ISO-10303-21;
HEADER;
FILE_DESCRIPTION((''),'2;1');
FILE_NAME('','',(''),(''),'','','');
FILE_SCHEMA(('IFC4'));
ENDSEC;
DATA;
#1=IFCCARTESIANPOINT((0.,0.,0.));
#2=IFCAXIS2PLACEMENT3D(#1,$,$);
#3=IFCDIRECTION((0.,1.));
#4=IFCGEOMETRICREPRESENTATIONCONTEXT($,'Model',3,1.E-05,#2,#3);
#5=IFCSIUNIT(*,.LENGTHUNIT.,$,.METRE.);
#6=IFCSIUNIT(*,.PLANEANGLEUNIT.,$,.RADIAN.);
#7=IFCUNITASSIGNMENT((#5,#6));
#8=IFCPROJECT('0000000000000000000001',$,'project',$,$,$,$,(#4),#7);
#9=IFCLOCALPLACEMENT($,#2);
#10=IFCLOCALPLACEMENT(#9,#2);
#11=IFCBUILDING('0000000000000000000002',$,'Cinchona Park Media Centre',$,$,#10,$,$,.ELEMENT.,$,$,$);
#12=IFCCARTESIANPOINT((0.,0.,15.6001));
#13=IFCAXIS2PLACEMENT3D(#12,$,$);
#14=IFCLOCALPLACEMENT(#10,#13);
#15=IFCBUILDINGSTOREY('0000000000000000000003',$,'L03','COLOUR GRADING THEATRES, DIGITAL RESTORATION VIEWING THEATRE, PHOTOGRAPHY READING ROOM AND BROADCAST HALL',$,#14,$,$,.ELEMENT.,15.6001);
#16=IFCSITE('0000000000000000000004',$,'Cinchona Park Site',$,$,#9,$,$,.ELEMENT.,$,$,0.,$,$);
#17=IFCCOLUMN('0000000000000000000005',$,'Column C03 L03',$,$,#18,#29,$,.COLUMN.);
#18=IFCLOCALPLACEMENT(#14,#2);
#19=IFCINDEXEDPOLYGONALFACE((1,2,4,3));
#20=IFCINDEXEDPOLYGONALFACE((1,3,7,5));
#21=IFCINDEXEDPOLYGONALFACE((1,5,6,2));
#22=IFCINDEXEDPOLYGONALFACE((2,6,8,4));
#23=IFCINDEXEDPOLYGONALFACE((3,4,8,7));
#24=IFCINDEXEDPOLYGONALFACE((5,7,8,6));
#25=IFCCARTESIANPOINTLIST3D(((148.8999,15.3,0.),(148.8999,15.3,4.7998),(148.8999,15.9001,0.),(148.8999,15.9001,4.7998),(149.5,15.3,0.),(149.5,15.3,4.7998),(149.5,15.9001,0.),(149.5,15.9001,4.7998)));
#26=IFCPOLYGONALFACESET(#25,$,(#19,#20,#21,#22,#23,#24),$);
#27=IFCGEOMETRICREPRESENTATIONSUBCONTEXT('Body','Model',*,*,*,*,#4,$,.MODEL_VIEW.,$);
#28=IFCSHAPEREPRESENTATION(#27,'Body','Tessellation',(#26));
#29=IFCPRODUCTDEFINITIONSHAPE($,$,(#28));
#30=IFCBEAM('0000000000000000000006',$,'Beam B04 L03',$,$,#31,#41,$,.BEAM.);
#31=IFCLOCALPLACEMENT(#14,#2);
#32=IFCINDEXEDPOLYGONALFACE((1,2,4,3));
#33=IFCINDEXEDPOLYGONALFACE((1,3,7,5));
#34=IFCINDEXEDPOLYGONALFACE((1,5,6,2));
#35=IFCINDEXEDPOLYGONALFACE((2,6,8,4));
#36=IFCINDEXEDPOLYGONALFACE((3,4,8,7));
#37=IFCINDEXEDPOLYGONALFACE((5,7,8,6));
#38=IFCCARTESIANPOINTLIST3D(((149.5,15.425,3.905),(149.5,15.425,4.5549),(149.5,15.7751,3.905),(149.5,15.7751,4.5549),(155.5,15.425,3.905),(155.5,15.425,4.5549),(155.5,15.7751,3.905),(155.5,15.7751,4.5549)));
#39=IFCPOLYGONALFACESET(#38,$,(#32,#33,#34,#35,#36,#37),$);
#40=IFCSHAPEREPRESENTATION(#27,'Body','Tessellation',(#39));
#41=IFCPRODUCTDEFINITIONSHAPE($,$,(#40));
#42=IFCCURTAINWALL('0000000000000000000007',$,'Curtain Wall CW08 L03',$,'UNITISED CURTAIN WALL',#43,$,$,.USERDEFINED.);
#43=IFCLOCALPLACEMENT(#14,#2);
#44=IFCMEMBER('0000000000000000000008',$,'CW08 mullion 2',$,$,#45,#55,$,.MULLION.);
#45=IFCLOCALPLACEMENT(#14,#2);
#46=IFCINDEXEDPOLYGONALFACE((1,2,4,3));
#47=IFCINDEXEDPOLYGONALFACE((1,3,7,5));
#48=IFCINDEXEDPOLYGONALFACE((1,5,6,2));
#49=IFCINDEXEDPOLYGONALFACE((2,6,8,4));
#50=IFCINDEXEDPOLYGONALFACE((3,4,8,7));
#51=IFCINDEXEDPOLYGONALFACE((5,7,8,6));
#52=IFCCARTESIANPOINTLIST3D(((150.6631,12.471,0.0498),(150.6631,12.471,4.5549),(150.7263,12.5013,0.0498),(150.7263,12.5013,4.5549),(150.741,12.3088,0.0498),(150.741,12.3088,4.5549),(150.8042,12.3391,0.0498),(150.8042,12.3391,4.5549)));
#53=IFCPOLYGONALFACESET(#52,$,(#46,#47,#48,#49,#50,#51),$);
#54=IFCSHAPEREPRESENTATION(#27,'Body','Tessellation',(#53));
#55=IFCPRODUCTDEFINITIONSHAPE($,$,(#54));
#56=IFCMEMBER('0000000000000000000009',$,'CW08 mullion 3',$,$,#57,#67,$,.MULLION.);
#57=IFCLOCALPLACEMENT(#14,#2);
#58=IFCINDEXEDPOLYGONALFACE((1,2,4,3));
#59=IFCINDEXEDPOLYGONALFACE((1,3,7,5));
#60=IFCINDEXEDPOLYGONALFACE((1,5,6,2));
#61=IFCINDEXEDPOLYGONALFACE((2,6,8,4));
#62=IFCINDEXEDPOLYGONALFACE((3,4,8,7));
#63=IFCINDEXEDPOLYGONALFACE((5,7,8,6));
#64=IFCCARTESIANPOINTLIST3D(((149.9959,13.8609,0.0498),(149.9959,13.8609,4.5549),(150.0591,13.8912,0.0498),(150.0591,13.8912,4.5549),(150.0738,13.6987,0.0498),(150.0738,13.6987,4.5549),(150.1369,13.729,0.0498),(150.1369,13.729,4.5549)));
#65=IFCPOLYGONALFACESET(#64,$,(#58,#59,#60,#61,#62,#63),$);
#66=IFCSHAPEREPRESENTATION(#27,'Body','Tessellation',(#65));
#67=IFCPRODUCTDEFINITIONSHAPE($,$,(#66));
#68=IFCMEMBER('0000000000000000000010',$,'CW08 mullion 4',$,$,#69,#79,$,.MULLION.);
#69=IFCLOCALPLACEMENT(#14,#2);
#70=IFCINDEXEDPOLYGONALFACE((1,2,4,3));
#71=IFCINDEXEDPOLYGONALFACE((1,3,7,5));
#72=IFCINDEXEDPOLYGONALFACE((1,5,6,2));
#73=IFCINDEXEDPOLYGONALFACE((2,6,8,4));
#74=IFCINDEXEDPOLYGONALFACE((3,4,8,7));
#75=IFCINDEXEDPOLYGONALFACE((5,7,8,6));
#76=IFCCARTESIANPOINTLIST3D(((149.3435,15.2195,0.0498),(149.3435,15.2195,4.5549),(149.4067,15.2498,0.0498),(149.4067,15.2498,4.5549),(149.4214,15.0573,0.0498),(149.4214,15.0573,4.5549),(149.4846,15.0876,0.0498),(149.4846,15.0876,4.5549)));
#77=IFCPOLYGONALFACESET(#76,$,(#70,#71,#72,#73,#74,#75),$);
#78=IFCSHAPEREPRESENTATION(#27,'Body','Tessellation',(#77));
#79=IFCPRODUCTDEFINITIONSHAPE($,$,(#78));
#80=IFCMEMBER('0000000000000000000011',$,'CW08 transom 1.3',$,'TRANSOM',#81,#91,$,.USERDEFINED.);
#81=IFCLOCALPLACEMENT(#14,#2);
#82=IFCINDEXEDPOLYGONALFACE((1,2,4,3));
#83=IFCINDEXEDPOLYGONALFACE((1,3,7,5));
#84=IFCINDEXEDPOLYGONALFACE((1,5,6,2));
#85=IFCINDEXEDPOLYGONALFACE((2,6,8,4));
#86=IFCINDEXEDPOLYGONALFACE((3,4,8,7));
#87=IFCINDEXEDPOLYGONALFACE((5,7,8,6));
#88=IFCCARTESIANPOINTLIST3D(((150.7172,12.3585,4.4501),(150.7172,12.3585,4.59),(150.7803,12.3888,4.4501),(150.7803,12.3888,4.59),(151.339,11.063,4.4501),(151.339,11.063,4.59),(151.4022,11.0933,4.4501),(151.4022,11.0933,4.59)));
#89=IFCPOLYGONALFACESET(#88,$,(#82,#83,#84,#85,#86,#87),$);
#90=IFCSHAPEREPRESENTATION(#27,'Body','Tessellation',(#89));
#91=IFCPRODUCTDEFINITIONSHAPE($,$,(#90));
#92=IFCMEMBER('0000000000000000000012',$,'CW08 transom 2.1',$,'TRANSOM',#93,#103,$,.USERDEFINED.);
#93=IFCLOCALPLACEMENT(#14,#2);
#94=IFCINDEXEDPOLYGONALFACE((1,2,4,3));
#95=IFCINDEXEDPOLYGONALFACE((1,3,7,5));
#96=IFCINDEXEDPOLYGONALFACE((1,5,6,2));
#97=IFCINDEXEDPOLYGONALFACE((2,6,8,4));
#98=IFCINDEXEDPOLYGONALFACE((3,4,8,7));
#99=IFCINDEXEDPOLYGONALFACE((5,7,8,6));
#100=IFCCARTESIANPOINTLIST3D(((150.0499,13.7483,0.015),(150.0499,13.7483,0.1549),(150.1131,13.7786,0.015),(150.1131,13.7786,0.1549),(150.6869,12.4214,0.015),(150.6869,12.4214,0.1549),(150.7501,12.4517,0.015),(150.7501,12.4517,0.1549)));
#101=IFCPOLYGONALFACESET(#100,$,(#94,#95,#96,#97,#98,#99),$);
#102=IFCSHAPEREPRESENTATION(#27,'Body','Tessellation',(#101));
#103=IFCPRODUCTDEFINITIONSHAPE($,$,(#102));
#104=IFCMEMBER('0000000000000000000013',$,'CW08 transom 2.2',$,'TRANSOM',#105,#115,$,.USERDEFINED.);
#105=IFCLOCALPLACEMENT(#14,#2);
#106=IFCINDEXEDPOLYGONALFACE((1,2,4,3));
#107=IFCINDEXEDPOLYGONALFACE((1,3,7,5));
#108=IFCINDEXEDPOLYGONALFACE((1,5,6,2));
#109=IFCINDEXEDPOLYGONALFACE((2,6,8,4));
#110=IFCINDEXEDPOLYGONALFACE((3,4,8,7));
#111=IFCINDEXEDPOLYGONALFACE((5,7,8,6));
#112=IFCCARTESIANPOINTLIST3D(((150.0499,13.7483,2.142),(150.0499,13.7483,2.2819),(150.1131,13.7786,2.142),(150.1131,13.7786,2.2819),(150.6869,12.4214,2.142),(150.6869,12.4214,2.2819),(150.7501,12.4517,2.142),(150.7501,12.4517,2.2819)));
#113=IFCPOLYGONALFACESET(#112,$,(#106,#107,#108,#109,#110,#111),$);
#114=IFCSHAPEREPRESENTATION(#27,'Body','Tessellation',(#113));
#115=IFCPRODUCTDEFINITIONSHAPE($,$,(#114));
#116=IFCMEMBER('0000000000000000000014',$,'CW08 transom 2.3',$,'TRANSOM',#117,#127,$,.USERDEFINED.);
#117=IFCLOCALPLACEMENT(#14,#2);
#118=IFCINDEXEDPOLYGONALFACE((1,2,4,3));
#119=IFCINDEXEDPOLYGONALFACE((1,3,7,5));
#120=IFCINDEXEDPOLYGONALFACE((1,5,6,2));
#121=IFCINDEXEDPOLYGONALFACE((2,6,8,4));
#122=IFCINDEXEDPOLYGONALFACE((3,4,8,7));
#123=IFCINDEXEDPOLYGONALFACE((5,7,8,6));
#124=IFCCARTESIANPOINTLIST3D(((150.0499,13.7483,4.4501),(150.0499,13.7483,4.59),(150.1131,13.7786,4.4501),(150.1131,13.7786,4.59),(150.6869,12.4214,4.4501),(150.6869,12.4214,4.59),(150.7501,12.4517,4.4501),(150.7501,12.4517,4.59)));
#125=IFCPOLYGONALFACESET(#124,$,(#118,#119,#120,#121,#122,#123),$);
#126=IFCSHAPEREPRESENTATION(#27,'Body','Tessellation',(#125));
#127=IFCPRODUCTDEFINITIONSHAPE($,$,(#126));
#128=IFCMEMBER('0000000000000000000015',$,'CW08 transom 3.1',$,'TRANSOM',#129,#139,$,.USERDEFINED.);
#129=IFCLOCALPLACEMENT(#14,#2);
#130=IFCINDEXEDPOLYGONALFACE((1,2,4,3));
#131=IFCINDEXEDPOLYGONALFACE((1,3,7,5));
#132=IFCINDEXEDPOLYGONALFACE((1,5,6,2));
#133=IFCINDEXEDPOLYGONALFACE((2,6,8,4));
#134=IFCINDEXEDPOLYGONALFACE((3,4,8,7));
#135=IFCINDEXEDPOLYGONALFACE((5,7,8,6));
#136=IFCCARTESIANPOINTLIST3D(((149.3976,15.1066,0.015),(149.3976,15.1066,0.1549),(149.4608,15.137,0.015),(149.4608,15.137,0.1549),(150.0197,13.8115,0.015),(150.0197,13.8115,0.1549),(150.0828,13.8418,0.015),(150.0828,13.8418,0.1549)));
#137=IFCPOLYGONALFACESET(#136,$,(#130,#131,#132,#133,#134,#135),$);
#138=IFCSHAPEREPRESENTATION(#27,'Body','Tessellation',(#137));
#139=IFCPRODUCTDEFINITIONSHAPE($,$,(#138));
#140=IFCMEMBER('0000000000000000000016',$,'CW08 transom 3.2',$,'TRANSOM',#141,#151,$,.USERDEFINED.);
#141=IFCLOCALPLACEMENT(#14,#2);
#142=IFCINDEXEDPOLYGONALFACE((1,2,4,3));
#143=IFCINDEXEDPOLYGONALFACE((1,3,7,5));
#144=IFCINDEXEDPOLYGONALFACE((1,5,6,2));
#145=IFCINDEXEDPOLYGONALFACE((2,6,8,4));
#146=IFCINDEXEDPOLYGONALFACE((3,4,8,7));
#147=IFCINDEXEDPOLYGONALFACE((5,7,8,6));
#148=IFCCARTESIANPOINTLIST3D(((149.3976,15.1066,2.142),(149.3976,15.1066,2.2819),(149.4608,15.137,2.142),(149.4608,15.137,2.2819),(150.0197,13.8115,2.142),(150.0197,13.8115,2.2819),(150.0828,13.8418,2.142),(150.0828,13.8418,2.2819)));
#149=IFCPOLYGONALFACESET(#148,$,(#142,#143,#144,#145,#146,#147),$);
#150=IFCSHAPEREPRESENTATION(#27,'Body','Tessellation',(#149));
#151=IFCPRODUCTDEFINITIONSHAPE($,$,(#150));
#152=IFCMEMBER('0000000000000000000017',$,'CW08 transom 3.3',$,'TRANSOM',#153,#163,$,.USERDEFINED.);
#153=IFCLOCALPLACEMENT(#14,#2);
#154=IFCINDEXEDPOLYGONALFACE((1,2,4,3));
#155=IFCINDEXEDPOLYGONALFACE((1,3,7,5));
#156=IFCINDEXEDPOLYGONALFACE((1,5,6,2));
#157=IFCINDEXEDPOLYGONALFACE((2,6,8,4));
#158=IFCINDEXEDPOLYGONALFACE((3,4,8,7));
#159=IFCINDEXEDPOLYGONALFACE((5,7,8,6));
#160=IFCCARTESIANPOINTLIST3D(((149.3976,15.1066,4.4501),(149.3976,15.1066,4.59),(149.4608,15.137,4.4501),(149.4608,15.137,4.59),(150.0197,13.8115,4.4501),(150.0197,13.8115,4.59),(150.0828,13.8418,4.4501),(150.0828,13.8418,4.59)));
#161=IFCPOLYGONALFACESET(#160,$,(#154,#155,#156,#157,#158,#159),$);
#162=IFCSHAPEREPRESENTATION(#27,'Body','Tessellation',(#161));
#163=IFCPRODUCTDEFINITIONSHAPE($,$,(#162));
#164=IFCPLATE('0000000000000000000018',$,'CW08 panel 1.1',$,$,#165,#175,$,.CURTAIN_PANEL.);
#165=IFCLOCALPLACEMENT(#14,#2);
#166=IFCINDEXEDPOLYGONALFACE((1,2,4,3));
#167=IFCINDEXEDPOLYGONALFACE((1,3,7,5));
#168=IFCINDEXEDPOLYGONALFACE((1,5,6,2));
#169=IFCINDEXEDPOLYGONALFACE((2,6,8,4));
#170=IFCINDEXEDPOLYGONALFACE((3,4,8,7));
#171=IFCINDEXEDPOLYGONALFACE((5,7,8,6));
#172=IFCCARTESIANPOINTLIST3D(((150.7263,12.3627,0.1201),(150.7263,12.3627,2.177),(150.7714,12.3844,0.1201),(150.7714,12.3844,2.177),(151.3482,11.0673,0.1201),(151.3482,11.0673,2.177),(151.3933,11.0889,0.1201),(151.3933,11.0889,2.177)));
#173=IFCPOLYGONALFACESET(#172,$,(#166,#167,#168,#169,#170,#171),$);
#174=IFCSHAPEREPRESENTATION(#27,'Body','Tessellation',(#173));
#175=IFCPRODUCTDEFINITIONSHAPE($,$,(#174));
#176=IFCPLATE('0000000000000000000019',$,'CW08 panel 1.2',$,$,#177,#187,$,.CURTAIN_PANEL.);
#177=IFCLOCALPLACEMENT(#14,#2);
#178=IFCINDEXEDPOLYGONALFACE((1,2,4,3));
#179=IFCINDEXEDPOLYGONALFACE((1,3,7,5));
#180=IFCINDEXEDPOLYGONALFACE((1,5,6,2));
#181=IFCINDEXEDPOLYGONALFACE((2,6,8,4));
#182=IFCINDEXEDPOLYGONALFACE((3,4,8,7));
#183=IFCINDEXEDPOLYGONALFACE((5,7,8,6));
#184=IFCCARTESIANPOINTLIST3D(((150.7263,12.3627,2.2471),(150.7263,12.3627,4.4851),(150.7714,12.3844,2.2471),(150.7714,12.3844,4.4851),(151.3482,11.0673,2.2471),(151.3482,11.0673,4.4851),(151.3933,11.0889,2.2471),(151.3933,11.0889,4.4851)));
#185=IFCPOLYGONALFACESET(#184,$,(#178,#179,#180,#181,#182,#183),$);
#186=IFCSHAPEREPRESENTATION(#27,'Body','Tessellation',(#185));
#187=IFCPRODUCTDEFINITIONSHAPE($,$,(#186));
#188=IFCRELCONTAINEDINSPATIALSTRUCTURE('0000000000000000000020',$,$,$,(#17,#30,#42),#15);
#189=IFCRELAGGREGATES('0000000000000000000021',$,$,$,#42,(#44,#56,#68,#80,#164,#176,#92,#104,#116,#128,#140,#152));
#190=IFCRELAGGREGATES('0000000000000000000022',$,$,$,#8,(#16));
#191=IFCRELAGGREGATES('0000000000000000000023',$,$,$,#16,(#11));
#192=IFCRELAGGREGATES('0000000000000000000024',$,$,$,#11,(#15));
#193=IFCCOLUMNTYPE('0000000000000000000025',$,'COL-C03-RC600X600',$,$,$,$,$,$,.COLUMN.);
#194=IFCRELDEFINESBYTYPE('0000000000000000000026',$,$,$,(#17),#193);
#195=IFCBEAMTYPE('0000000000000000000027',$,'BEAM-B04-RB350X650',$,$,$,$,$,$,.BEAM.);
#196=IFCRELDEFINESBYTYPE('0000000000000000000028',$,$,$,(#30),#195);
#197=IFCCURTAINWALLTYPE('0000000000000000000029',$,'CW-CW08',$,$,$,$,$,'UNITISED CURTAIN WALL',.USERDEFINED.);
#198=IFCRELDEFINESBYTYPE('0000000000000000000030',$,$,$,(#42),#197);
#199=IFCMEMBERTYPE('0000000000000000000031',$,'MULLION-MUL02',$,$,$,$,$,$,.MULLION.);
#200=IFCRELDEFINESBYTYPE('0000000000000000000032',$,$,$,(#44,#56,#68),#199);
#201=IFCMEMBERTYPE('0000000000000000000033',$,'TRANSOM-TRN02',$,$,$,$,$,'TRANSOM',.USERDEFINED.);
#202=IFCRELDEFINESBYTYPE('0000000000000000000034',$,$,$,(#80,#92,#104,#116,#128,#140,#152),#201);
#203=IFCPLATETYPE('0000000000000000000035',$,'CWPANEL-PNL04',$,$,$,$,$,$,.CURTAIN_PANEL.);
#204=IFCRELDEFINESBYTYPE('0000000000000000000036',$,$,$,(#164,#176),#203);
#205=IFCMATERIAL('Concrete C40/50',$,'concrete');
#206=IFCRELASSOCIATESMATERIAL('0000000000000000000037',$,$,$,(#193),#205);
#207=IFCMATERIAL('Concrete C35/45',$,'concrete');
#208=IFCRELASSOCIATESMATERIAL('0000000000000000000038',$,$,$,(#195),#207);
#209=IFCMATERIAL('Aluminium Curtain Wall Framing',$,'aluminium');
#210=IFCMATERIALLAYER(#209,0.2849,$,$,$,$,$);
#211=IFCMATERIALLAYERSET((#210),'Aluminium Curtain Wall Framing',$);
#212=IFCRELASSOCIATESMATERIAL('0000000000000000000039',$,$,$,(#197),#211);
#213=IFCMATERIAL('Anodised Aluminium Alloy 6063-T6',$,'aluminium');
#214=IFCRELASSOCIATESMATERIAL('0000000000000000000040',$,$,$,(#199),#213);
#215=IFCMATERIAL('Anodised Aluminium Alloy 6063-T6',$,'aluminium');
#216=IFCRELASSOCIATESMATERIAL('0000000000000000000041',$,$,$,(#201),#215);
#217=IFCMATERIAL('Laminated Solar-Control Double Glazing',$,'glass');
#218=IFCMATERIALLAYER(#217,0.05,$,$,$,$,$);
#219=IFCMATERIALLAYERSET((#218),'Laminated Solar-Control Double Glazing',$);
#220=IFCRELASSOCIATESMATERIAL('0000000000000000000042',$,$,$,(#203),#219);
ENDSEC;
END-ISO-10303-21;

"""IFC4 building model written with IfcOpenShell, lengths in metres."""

from ifc_helpers import new_model, si_unit, direction, frame, origin, origin_2d, place, context, subcontext, project, spatial, rectangle, extrude, material, layer, layer_set, material_profile, profile_set, type_object, element, aggregate, save


model = new_model("IFC4")

# Units and contexts
model_context = context("Model", 3, precision=1e-05, world=origin(), true_north=direction((0.0, 1.0)))
body_context = subcontext(model_context, "Body", "Model", "MODEL_VIEW")
ifc_project = project(units=[si_unit("LENGTHUNIT", "METRE"), si_unit("PLANEANGLEUNIT", "RADIAN")], contexts=[model_context])

# Site, building, storey
site_placement = place(None, origin())
site = spatial("IfcSite", under=ifc_project, at=site_placement, Name="Cinchona Park Site", CompositionType="ELEMENT", RefElevation=0.0)
building_placement = place(site_placement, origin())
building = spatial("IfcBuilding", under=site, at=building_placement, Name="Cinchona Park Media Centre", CompositionType="ELEMENT")
storey_placement = place(building_placement, frame((0.0, 0.0, 15.6001)))
storey = spatial("IfcBuildingStorey", under=building, at=storey_placement, Name="L03", Description="COLOUR GRADING THEATRES, DIGITAL RESTORATION VIEWING THEATRE, PHOTOGRAPHY READING ROOM AND BROADCAST HALL", CompositionType="ELEMENT", Elevation=15.6001)

# Column
ifc_material_1 = material(Name="Concrete C40/50", Category="concrete")
ifc_material_profile_1 = material_profile(ifc_material_1, rectangle(XDim=0.6001, YDim=0.6001, at=origin_2d()), Name="RC 600X600")
ifc_profile_set_1 = profile_set([ifc_material_profile_1], Name="Concrete C40/50")
column_type = type_object("IfcColumnType", Name="COL-C03-RC600X600", PredefinedType="COLUMN", material=ifc_profile_set_1)
column_placement = place(storey_placement, frame((149.2, 15.6001, 0.0), z_axis=(0.0, 0.0, 1.0), x_axis=(1.0, 0.0, 0.0)))
element("IfcColumn", 1, at=column_placement, inside=storey, type_object=column_type, Name="Column C03 L03", PredefinedType="COLUMN", context=body_context, shape_type="SweptSolid", body=[
    extrude(rectangle(XDim=0.6001, YDim=0.6001, at=origin_2d()), origin(), (0.0, 0.0, 1.0), 4.7998),
])

# Beam
ifc_material_2 = material(Name="Concrete C35/45", Category="concrete")
ifc_material_profile_2 = material_profile(ifc_material_2, rectangle(XDim=0.3501, YDim=0.6499, at=origin_2d()), Name="RB 350X650")
ifc_profile_set_2 = profile_set([ifc_material_profile_2], Name="Concrete C35/45")
beam_type = type_object("IfcBeamType", Name="BEAM-B04-RB350X650", PredefinedType="BEAM", material=ifc_profile_set_2)
beam_placement = place(storey_placement, frame((149.5, 15.6001, 4.23), z_axis=(1.0, 0.0, 0.0), x_axis=(0.0, 1.0, 0.0)))
element("IfcBeam", 2, at=beam_placement, inside=storey, type_object=beam_type, Name="Beam B04 L03", PredefinedType="BEAM", context=body_context, shape_type="SweptSolid", body=[
    extrude(rectangle(XDim=0.3501, YDim=0.6499, at=origin_2d()), origin(), (0.0, 0.0, 1.0), 6.0),
])

# Curtain wall, members, plates
ifc_material_3 = material(Name="Aluminium Curtain Wall Framing", Category="aluminium")
ifc_layer_1 = layer(ifc_material_3, 0.2849)
ifc_layer_set_1 = layer_set([ifc_layer_1], Name="Aluminium Curtain Wall Framing")
curtain_wall_type = type_object("IfcCurtainWallType", Name="CW-CW08", ElementType="UNITISED CURTAIN WALL", PredefinedType="USERDEFINED", material=ifc_layer_set_1)
curtain_wall_placement = place(storey_placement, origin())
curtain_wall = element("IfcCurtainWall", 3, at=curtain_wall_placement, inside=storey, type_object=curtain_wall_type, Name="Curtain Wall CW08 L03", ObjectType="UNITISED CURTAIN WALL", PredefinedType="USERDEFINED")
ifc_material_4 = material(Name="Anodised Aluminium Alloy 6063-T6", Category="aluminium")
ifc_material_profile_3 = material_profile(ifc_material_4, rectangle(XDim=0.0701, YDim=0.1799, at=origin_2d()), Name="MUL-70X180")
ifc_profile_set_3 = profile_set([ifc_material_profile_3], Name="Anodised Aluminium Alloy 6063-T6")
member_type_1 = type_object("IfcMemberType", Name="MULLION-MUL02", PredefinedType="MULLION", material=ifc_profile_set_3)
member_1_placement = place(storey_placement, frame((150.7336, 12.405, 0.0498), z_axis=(0.0, 0.0, 1.0), x_axis=(-0.901489, -0.432801, 0.0)))
member_1 = element("IfcMember", 4, at=member_1_placement, type_object=member_type_1, Name="CW08 mullion 2", PredefinedType="MULLION", context=body_context, shape_type="SweptSolid", body=[
    extrude(rectangle(XDim=0.0701, YDim=0.1799, at=origin_2d()), origin(), (0.0, 0.0, 1.0), 4.5051),
])
member_2_placement = place(storey_placement, frame((150.0664, 13.7949, 0.0498), z_axis=(0.0, 0.0, 1.0), x_axis=(-0.901489, -0.432801, 0.0)))
member_2 = element("IfcMember", 5, at=member_2_placement, type_object=member_type_1, Name="CW08 mullion 3", PredefinedType="MULLION", context=body_context, shape_type="SweptSolid", body=[
    extrude(rectangle(XDim=0.0701, YDim=0.1799, at=origin_2d()), origin(), (0.0, 0.0, 1.0), 4.5051),
])
member_3_placement = place(storey_placement, frame((149.4141, 15.1536, 0.0498), z_axis=(0.0, 0.0, 1.0), x_axis=(-0.901489, -0.432801, 0.0)))
member_3 = element("IfcMember", 6, at=member_3_placement, type_object=member_type_1, Name="CW08 mullion 4", PredefinedType="MULLION", context=body_context, shape_type="SweptSolid", body=[
    extrude(rectangle(XDim=0.0701, YDim=0.1799, at=origin_2d()), origin(), (0.0, 0.0, 1.0), 4.5051),
])
ifc_material_5 = material(Name="Anodised Aluminium Alloy 6063-T6", Category="aluminium")
ifc_material_profile_4 = material_profile(ifc_material_5, rectangle(XDim=0.0701, YDim=0.1399, at=origin_2d()), Name="TRN-70X140")
ifc_profile_set_4 = profile_set([ifc_material_profile_4], Name="Anodised Aluminium Alloy 6063-T6")
member_type_2 = type_object("IfcMemberType", Name="TRANSOM-TRN02", ElementType="TRANSOM", PredefinedType="USERDEFINED", material=ifc_profile_set_4)
member_4_placement = place(storey_placement, frame((151.3706, 11.0781, 4.52), z_axis=(-0.432748, 0.901515, 0.0), x_axis=(-0.901515, -0.432748, 0.0)))
member_4 = element("IfcMember", 7, at=member_4_placement, type_object=member_type_2, Name="CW08 transom 1.3", ObjectType="TRANSOM", PredefinedType="USERDEFINED", context=body_context, shape_type="SweptSolid", body=[
    extrude(rectangle(XDim=0.0701, YDim=0.1399, at=origin_2d()), origin(), (0.0, 0.0, 1.0), 1.437),
])
member_5_placement = place(storey_placement, frame((150.7185, 12.4365, 0.085), z_axis=(-0.432758, 0.90151, 0.0), x_axis=(-0.90151, -0.432758, 0.0)))
member_5 = element("IfcMember", 8, at=member_5_placement, type_object=member_type_2, Name="CW08 transom 2.1", ObjectType="TRANSOM", PredefinedType="USERDEFINED", context=body_context, shape_type="SweptSolid", body=[
    extrude(rectangle(XDim=0.0701, YDim=0.1399, at=origin_2d()), origin(), (0.0, 0.0, 1.0), 1.4719),
])
member_6_placement = place(storey_placement, frame((150.7185, 12.4365, 2.2119), z_axis=(-0.432758, 0.90151, 0.0), x_axis=(-0.90151, -0.432758, 0.0)))
member_6 = element("IfcMember", 9, at=member_6_placement, type_object=member_type_2, Name="CW08 transom 2.2", ObjectType="TRANSOM", PredefinedType="USERDEFINED", context=body_context, shape_type="SweptSolid", body=[
    extrude(rectangle(XDim=0.0701, YDim=0.1399, at=origin_2d()), origin(), (0.0, 0.0, 1.0), 1.4719),
])
member_7_placement = place(storey_placement, frame((150.7185, 12.4365, 4.52), z_axis=(-0.432758, 0.90151, 0.0), x_axis=(-0.90151, -0.432758, 0.0)))
member_7 = element("IfcMember", 10, at=member_7_placement, type_object=member_type_2, Name="CW08 transom 2.3", ObjectType="TRANSOM", PredefinedType="USERDEFINED", context=body_context, shape_type="SweptSolid", body=[
    extrude(rectangle(XDim=0.0701, YDim=0.1399, at=origin_2d()), origin(), (0.0, 0.0, 1.0), 1.4719),
])
member_8_placement = place(storey_placement, frame((150.0513, 13.8267, 0.085), z_axis=(-0.432952, 0.901417, 0.0), x_axis=(-0.901417, -0.432952, 0.0)))
member_8 = element("IfcMember", 11, at=member_8_placement, type_object=member_type_2, Name="CW08 transom 3.1", ObjectType="TRANSOM", PredefinedType="USERDEFINED", context=body_context, shape_type="SweptSolid", body=[
    extrude(rectangle(XDim=0.0701, YDim=0.1399, at=origin_2d()), origin(), (0.0, 0.0, 1.0), 1.4368),
])
member_9_placement = place(storey_placement, frame((150.0513, 13.8267, 2.2119), z_axis=(-0.432952, 0.901417, 0.0), x_axis=(-0.901417, -0.432952, 0.0)))
member_9 = element("IfcMember", 12, at=member_9_placement, type_object=member_type_2, Name="CW08 transom 3.2", ObjectType="TRANSOM", PredefinedType="USERDEFINED", context=body_context, shape_type="SweptSolid", body=[
    extrude(rectangle(XDim=0.0701, YDim=0.1399, at=origin_2d()), origin(), (0.0, 0.0, 1.0), 1.4368),
])
member_10_placement = place(storey_placement, frame((150.0513, 13.8267, 4.52), z_axis=(-0.432952, 0.901417, 0.0), x_axis=(-0.901417, -0.432952, 0.0)))
member_10 = element("IfcMember", 13, at=member_10_placement, type_object=member_type_2, Name="CW08 transom 3.3", ObjectType="TRANSOM", PredefinedType="USERDEFINED", context=body_context, shape_type="SweptSolid", body=[
    extrude(rectangle(XDim=0.0701, YDim=0.1399, at=origin_2d()), origin(), (0.0, 0.0, 1.0), 1.4368),
])
ifc_material_6 = material(Name="Laminated Solar-Control Double Glazing", Category="glass")
ifc_layer_2 = layer(ifc_material_6, 0.05)
ifc_layer_set_2 = layer_set([ifc_layer_2], Name="Laminated Solar-Control Double Glazing")
plate_type = type_object("IfcPlateType", Name="CWPANEL-PNL04", PredefinedType="CURTAIN_PANEL", material=ifc_layer_set_2)
plate_1_placement = place(storey_placement, frame((151.0598, 11.7258, 0.1201), z_axis=(0.0, 0.0, 1.0), x_axis=(-0.432801, 0.901489, 0.0)))
plate_1 = element("IfcPlate", 14, at=plate_1_placement, type_object=plate_type, Name="CW08 panel 1.1", PredefinedType="CURTAIN_PANEL", context=body_context, shape_type="SweptSolid", body=[
    extrude(rectangle(XDim=1.437, YDim=0.05, at=origin_2d()), origin(), (0.0, 0.0, 1.0), 2.0569),
])
plate_2_placement = place(storey_placement, frame((151.0598, 11.7258, 2.2471), z_axis=(0.0, 0.0, 1.0), x_axis=(-0.432801, 0.901489, 0.0)))
plate_2 = element("IfcPlate", 15, at=plate_2_placement, type_object=plate_type, Name="CW08 panel 1.2", PredefinedType="CURTAIN_PANEL", context=body_context, shape_type="SweptSolid", body=[
    extrude(rectangle(XDim=1.437, YDim=0.05, at=origin_2d()), origin(), (0.0, 0.0, 1.0), 2.238),
])
aggregate(curtain_wall, [member_1, member_2, member_3, member_4, plate_1, plate_2, member_5, member_6, member_7, member_8, member_9, member_10])

save(model, "model.ifc")
